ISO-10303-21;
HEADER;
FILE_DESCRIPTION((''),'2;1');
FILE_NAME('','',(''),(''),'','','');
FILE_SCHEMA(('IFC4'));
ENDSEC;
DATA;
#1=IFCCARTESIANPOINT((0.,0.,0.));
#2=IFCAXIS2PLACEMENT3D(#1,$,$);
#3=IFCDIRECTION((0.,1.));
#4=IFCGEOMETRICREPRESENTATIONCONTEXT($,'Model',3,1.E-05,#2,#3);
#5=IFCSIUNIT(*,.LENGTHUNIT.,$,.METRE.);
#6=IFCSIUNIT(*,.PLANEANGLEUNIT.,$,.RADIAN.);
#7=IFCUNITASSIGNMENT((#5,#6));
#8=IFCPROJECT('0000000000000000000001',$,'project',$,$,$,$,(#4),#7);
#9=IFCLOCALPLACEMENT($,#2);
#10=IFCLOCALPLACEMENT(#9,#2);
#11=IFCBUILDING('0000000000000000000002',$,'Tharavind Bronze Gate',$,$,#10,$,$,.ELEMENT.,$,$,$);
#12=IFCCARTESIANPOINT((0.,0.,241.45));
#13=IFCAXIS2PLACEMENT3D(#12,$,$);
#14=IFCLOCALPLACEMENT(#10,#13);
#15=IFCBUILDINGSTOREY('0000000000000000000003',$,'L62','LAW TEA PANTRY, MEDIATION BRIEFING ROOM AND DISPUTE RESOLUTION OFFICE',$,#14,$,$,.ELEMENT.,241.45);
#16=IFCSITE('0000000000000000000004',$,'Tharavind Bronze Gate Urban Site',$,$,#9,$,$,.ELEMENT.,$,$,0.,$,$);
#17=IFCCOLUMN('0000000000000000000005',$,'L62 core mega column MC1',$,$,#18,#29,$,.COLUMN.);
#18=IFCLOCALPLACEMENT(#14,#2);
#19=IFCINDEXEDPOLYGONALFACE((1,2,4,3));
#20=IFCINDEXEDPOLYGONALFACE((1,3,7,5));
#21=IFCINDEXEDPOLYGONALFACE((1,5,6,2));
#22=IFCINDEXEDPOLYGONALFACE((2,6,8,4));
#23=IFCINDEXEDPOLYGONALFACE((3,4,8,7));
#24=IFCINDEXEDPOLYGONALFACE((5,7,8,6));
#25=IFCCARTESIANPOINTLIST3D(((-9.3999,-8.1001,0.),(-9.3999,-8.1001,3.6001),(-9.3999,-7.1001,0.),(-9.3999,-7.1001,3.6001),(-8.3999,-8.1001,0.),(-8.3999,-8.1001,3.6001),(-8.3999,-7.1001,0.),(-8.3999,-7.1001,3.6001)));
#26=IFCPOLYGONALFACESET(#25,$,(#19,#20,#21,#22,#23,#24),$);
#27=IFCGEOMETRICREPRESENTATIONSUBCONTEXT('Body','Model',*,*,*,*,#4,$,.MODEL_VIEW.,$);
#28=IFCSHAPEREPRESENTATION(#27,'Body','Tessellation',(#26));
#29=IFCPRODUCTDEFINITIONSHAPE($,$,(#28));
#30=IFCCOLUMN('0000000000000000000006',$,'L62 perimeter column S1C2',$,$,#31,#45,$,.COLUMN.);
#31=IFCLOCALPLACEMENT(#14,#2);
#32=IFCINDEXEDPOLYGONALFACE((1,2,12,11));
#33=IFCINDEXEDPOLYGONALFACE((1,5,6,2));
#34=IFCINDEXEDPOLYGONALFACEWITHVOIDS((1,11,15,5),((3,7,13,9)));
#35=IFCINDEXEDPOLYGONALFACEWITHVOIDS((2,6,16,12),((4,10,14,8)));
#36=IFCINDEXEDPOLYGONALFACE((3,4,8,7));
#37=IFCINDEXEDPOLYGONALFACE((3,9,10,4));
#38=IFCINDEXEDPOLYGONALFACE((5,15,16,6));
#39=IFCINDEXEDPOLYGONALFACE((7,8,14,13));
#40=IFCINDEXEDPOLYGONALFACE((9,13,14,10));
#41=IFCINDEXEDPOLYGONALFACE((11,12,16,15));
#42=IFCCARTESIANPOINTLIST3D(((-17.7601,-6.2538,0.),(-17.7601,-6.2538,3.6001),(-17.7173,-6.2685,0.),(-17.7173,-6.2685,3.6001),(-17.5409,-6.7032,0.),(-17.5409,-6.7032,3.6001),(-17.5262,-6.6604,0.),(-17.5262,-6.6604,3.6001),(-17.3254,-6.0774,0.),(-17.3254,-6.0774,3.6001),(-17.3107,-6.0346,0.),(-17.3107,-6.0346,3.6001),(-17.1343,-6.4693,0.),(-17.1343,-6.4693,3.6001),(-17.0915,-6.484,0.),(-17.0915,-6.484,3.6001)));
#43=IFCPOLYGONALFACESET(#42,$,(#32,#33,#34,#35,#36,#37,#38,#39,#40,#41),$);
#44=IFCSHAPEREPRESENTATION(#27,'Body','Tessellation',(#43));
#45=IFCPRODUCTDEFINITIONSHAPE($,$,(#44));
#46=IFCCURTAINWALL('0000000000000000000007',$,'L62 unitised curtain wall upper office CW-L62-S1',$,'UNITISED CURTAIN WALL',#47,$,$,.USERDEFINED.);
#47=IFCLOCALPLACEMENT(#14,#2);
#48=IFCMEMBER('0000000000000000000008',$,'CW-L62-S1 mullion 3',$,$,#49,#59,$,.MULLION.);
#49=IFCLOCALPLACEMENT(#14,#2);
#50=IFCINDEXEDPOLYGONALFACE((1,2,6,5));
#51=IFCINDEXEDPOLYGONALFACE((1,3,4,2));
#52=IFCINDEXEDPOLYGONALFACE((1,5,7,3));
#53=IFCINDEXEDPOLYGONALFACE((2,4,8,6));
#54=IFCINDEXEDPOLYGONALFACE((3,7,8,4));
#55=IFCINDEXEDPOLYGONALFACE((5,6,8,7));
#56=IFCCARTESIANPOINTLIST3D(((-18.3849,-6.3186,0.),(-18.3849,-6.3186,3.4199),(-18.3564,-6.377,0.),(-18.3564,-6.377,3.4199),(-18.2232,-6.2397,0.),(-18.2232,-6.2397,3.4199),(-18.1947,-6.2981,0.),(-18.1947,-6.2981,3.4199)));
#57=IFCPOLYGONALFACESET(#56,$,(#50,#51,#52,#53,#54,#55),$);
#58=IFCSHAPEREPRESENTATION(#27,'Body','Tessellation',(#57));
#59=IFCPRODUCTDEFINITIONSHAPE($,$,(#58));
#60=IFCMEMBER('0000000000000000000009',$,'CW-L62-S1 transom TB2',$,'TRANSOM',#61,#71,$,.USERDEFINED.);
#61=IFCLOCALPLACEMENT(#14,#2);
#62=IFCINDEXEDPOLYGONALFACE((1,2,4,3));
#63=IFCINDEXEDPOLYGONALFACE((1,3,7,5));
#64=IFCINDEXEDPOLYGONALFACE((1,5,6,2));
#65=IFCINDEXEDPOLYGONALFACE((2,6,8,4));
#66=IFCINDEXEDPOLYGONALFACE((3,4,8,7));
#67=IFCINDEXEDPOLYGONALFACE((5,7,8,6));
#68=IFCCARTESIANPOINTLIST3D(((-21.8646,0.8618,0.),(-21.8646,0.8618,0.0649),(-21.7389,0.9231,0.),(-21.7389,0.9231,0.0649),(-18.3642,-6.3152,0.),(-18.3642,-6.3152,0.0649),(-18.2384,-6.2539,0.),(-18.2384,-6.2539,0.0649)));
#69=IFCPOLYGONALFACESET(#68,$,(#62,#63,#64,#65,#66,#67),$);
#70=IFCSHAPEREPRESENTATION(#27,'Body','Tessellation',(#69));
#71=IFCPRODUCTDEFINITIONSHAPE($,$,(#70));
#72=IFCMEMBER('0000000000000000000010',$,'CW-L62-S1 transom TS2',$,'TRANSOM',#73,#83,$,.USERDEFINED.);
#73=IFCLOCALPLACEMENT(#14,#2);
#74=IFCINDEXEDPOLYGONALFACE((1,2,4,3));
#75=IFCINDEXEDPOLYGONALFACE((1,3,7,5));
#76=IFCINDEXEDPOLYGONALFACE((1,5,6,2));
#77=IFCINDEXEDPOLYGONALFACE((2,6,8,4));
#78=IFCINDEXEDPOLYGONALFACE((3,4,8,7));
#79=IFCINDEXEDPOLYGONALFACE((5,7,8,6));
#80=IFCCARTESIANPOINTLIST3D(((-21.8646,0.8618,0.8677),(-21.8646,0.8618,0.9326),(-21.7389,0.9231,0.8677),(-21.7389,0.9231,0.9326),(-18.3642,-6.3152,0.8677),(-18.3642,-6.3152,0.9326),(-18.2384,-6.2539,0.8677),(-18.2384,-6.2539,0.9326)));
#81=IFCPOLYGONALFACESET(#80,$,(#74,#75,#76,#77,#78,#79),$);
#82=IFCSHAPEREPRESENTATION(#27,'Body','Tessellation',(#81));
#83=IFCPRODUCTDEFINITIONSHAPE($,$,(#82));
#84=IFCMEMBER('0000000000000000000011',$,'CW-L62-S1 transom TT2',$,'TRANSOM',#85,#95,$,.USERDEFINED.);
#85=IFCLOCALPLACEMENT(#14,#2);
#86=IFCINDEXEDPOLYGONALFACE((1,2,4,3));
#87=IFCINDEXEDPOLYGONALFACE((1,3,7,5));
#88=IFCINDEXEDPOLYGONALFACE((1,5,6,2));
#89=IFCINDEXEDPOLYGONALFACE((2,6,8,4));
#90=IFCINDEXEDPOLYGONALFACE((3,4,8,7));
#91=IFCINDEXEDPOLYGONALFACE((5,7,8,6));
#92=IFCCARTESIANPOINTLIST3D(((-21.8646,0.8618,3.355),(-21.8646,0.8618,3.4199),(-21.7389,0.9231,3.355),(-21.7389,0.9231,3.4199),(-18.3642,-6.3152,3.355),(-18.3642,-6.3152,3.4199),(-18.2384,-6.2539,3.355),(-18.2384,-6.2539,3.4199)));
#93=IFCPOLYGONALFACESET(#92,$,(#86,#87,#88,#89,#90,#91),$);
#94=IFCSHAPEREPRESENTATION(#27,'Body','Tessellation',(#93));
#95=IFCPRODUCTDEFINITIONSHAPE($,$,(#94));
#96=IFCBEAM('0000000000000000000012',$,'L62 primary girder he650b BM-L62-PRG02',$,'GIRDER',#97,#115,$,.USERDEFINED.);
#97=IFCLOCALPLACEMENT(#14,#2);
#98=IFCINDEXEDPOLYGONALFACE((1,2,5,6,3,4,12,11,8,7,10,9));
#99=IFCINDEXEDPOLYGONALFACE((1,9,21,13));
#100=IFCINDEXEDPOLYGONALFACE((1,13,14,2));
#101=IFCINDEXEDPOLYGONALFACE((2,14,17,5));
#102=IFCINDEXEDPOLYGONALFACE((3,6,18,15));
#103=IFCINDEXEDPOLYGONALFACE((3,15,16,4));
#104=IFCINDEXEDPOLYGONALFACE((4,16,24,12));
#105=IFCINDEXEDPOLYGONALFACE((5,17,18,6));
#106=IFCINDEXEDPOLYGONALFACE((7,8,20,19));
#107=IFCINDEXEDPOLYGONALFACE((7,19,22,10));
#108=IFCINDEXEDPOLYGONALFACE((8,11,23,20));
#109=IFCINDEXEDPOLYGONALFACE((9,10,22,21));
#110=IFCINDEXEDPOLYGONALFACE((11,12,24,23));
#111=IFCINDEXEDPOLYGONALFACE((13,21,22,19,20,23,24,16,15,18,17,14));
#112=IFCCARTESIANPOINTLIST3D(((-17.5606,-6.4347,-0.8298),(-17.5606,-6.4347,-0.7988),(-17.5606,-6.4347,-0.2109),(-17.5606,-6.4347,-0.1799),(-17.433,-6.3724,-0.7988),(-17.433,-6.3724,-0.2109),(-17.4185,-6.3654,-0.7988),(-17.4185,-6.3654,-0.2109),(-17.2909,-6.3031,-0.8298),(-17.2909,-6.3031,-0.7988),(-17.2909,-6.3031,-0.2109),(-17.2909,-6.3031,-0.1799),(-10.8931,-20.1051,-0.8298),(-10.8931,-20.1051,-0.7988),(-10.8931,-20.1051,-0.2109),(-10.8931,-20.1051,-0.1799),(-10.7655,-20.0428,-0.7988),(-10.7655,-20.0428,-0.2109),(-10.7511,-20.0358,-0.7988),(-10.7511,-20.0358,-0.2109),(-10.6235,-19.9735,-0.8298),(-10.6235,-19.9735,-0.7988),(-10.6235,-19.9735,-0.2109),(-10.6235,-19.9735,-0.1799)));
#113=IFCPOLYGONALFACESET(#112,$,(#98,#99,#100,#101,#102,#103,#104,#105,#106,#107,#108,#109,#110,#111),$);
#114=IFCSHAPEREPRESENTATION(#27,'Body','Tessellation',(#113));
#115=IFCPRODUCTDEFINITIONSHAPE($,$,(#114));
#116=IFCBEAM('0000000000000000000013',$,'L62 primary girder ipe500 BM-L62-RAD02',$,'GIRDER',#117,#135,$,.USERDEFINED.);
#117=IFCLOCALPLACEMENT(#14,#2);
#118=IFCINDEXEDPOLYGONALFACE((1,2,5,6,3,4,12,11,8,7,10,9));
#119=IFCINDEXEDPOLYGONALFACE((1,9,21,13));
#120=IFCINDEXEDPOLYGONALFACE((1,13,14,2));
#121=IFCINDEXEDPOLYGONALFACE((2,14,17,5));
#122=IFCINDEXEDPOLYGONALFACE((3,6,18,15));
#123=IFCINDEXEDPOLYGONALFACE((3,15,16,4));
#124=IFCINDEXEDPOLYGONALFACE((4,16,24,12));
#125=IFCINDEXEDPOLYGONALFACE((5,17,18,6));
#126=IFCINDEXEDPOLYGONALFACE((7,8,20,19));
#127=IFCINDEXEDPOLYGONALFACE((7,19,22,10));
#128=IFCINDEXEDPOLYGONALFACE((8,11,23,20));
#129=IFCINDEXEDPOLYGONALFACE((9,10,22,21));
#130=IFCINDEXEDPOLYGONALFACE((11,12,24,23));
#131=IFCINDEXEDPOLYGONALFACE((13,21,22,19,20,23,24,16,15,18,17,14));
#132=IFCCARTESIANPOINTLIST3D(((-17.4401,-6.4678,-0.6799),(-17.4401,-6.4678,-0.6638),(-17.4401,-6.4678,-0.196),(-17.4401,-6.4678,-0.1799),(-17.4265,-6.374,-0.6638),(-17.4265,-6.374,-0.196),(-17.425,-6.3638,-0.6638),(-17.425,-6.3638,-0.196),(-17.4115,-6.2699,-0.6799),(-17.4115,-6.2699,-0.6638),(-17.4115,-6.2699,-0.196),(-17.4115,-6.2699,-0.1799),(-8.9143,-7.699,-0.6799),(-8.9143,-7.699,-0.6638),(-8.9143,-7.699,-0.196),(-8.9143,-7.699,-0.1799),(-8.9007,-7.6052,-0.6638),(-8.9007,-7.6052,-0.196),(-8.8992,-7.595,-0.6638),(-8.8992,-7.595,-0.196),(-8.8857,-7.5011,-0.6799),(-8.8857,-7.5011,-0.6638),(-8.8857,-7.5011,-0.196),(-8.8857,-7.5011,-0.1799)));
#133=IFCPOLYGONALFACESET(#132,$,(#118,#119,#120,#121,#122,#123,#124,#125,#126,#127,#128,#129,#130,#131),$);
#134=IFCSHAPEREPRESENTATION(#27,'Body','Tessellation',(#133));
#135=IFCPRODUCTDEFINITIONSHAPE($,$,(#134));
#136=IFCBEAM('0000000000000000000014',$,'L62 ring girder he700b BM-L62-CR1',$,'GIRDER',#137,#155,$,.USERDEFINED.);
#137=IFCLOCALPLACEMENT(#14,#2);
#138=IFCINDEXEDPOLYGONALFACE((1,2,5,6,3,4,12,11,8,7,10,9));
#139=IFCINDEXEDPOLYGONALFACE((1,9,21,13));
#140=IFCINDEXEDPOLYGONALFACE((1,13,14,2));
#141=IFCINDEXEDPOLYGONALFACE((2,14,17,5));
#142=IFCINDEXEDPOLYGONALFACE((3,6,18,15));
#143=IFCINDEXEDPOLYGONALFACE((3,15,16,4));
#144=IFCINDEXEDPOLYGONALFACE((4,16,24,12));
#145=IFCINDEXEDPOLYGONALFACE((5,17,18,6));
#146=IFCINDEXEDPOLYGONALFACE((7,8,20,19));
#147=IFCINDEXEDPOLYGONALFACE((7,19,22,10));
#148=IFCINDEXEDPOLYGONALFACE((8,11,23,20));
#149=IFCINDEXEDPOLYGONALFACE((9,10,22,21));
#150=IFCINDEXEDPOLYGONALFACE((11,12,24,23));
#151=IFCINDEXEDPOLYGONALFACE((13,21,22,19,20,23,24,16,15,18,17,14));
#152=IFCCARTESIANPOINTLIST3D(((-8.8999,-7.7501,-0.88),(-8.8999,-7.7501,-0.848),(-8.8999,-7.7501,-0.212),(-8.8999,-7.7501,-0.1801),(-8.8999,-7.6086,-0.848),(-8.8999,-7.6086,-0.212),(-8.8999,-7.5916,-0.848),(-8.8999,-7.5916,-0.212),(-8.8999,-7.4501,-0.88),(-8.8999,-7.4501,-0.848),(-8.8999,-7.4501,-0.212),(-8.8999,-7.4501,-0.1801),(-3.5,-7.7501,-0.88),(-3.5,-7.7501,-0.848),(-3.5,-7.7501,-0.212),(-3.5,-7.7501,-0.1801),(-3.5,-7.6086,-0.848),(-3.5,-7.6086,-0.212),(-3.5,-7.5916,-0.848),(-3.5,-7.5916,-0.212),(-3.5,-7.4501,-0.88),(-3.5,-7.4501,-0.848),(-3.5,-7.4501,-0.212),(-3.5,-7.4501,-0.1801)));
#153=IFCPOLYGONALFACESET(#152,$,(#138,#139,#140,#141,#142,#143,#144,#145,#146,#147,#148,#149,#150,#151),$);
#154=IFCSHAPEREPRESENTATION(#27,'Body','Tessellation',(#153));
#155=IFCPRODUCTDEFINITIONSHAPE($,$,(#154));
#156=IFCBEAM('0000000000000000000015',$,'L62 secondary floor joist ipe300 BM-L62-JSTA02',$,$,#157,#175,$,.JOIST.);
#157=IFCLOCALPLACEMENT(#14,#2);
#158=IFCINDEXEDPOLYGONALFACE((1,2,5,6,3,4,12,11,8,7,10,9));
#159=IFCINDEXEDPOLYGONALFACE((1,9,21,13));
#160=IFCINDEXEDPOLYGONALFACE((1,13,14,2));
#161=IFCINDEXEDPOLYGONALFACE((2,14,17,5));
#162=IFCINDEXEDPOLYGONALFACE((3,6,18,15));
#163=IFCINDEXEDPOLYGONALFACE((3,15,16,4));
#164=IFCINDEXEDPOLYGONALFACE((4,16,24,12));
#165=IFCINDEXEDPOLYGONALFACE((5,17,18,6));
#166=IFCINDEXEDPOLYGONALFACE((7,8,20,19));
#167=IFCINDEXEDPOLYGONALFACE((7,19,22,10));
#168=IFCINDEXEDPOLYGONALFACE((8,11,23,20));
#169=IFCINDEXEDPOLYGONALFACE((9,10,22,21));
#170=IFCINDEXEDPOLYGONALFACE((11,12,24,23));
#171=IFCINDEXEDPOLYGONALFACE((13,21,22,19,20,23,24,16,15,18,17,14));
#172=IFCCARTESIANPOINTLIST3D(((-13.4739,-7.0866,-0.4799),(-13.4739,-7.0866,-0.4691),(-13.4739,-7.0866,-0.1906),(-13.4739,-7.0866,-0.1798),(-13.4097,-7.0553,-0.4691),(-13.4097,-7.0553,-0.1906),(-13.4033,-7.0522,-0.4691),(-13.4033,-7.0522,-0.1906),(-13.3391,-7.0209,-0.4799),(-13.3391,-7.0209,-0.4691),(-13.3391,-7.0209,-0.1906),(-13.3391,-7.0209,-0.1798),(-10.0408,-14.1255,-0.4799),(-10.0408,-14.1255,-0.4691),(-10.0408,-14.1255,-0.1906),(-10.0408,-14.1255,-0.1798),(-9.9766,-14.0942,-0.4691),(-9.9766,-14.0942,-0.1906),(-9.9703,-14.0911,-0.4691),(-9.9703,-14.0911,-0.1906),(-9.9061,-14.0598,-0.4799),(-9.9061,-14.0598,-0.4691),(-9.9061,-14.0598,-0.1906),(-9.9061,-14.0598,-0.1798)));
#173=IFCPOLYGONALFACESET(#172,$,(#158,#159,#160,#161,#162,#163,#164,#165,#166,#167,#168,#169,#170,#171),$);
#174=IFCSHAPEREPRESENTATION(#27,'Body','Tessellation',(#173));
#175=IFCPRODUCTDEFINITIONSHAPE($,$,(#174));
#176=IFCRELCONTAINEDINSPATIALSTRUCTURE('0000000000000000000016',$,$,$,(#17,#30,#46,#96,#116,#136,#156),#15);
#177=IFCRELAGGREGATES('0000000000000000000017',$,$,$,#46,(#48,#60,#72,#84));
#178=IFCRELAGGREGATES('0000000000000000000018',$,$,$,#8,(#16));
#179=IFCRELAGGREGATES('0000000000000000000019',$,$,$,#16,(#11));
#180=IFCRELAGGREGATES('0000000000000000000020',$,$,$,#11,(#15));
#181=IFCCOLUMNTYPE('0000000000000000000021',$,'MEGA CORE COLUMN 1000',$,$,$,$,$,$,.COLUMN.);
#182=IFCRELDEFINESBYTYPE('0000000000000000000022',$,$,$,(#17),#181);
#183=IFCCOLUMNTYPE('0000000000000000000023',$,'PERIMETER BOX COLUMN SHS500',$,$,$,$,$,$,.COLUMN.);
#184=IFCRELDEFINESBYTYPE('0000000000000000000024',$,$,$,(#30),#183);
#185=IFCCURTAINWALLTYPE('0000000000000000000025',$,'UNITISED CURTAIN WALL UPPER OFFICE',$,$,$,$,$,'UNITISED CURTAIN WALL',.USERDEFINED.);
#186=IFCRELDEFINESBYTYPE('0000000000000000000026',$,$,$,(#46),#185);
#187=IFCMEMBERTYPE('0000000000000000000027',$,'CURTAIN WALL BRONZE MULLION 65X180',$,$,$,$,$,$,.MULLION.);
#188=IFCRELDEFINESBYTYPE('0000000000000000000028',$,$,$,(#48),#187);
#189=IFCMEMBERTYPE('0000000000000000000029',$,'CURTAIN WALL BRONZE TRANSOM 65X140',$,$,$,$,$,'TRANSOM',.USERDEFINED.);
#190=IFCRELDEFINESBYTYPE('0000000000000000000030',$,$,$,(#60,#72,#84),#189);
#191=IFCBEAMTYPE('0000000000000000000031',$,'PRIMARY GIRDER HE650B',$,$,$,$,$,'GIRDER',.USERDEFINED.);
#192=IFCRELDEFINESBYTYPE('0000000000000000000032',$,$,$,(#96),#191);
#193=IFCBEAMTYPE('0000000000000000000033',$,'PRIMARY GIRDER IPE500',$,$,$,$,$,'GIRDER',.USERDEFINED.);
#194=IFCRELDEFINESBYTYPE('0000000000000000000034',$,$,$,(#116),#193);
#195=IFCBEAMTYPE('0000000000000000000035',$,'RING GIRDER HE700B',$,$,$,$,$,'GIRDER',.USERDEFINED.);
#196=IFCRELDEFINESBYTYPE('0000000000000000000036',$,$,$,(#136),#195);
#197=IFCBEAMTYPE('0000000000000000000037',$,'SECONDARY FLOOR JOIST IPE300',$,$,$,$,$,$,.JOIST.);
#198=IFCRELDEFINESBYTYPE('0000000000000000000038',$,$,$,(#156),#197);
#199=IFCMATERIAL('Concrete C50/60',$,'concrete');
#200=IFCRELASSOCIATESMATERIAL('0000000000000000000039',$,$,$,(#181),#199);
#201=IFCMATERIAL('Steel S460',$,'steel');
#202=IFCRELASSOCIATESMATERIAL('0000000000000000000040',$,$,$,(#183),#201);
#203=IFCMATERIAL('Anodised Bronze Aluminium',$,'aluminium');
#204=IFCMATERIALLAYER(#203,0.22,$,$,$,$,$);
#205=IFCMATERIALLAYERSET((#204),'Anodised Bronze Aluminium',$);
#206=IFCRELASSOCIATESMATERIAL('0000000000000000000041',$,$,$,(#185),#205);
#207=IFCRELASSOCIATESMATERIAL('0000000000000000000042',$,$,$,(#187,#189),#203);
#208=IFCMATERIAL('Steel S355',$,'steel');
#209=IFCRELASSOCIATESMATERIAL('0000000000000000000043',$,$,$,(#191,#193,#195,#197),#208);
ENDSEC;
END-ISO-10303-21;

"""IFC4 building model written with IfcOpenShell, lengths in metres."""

from ifc_helpers import new_model, si_unit, direction, frame, origin, origin_2d, place, context, subcontext, project, spatial, rectangle, hollow_rectangle, i_section, extrude, material, layer, layer_set, material_profile, profile_set, type_object, element, aggregate, save


model = new_model("IFC4")

# Units and contexts
model_context = context("Model", 3, precision=1e-05, world=origin(), true_north=direction((0.0, 1.0)))
body_context = subcontext(model_context, "Body", "Model", "MODEL_VIEW")
ifc_project = project(units=[si_unit("LENGTHUNIT", "METRE"), si_unit("PLANEANGLEUNIT", "RADIAN")], contexts=[model_context])

# Site, building, storey
site_placement = place(None, origin())
site = spatial("IfcSite", under=ifc_project, at=site_placement, Name="Tharavind Bronze Gate Urban Site", CompositionType="ELEMENT", RefElevation=0.0)
building_placement = place(site_placement, origin())
building = spatial("IfcBuilding", under=site, at=building_placement, Name="Tharavind Bronze Gate", CompositionType="ELEMENT")
storey_placement = place(building_placement, frame((0.0, 0.0, 241.45)))
storey = spatial("IfcBuildingStorey", under=building, at=storey_placement, Name="L62", Description="LAW TEA PANTRY, MEDIATION BRIEFING ROOM AND DISPUTE RESOLUTION OFFICE", CompositionType="ELEMENT", Elevation=241.45)

# Columns
ifc_material_1 = material(Name="Concrete C50/60", Category="concrete")
ifc_material_profile_1 = material_profile(ifc_material_1, rectangle(XDim=1.0, YDim=1.0, at=origin_2d()), Name="RCCOL1000")
ifc_profile_set_1 = profile_set([ifc_material_profile_1], Name="Concrete C50/60")
column_type_1 = type_object("IfcColumnType", Name="MEGA CORE COLUMN 1000", PredefinedType="COLUMN", material=ifc_profile_set_1)
column_1_placement = place(storey_placement, frame((-8.8999, -7.6001, 0.0), z_axis=(0.0, 0.0, 1.0), x_axis=(1.0, 0.0, 0.0)))
element("IfcColumn", 1, at=column_1_placement, inside=storey, type_object=column_type_1, Name="L62 core mega column MC1", PredefinedType="COLUMN", context=body_context, shape_type="SweptSolid", body=[
    extrude(rectangle(XDim=1.0, YDim=1.0, at=origin_2d()), origin(), (0.0, 0.0, 1.0), 3.6001),
])
ifc_material_2 = material(Name="Steel S460", Category="steel")
ifc_material_profile_2 = material_profile(ifc_material_2, hollow_rectangle(XDim=0.5, YDim=0.5, WallThickness=0.032, at=origin_2d()), Name="SHS500X32")
ifc_profile_set_2 = profile_set([ifc_material_profile_2], Name="Steel S460")
column_type_2 = type_object("IfcColumnType", Name="PERIMETER BOX COLUMN SHS500", PredefinedType="COLUMN", material=ifc_profile_set_2)
column_2_placement = place(storey_placement, frame((-17.4258, -6.3689, 0.0), z_axis=(0.0, 0.0, 1.0), x_axis=(-0.438371, 0.898794, 0.0)))
element("IfcColumn", 2, at=column_2_placement, inside=storey, type_object=column_type_2, Name="L62 perimeter column S1C2", PredefinedType="COLUMN", context=body_context, shape_type="SweptSolid", body=[
    extrude(hollow_rectangle(XDim=0.5, YDim=0.5, WallThickness=0.032, at=origin_2d()), origin(), (0.0, 0.0, 1.0), 3.6001),
])

# Curtain wall, members
ifc_material_3 = material(Name="Anodised Bronze Aluminium", Category="aluminium")
ifc_layer_1 = layer(ifc_material_3, 0.22)
ifc_layer_set_1 = layer_set([ifc_layer_1], Name="Anodised Bronze Aluminium")
curtain_wall_type = type_object("IfcCurtainWallType", Name="UNITISED CURTAIN WALL UPPER OFFICE", ElementType="UNITISED CURTAIN WALL", PredefinedType="USERDEFINED", material=ifc_layer_set_1)
curtain_wall_placement = place(storey_placement, origin())
curtain_wall = element("IfcCurtainWall", 3, at=curtain_wall_placement, inside=storey, type_object=curtain_wall_type, Name="L62 unitised curtain wall upper office CW-L62-S1", ObjectType="UNITISED CURTAIN WALL", PredefinedType="USERDEFINED")
member_type_1 = type_object("IfcMemberType", Name="CURTAIN WALL BRONZE MULLION 65X180", PredefinedType="MULLION", material=ifc_material_3)
member_1_placement = place(storey_placement, frame((-18.2898, -6.3083, 0.0), z_axis=(0.0, 0.0, 1.0), x_axis=(0.438371, -0.898794, 0.0)))
member_1 = element("IfcMember", 4, at=member_1_placement, type_object=member_type_1, Name="CW-L62-S1 mullion 3", PredefinedType="MULLION", context=body_context, shape_type="SweptSolid", body=[
    extrude(rectangle(XDim=0.0649, YDim=0.1799, at=origin_2d()), origin(), (0.0, 0.0, 1.0), 3.4199),
])
member_type_2 = type_object("IfcMemberType", Name="CURTAIN WALL BRONZE TRANSOM 65X140", ElementType="TRANSOM", PredefinedType="USERDEFINED", material=ifc_material_3)
member_2_placement = place(storey_placement, frame((-20.0515, -2.696, 0.0), z_axis=(0.0, 0.0, 1.0), x_axis=(0.438371, -0.898794, 0.0)))
member_2 = element("IfcMember", 5, at=member_2_placement, type_object=member_type_2, Name="CW-L62-S1 transom TB2", ObjectType="TRANSOM", PredefinedType="USERDEFINED", context=body_context, shape_type="SweptSolid", body=[
    extrude(rectangle(XDim=7.9851, YDim=0.1399, at=origin_2d()), origin(), (0.0, 0.0, 1.0), 0.0649),
])
member_3_placement = place(storey_placement, frame((-20.0515, -2.696, 0.8677), z_axis=(0.0, 0.0, 1.0), x_axis=(0.438371, -0.898794, 0.0)))
member_3 = element("IfcMember", 6, at=member_3_placement, type_object=member_type_2, Name="CW-L62-S1 transom TS2", ObjectType="TRANSOM", PredefinedType="USERDEFINED", context=body_context, shape_type="SweptSolid", body=[
    extrude(rectangle(XDim=7.9851, YDim=0.1399, at=origin_2d()), origin(), (0.0, 0.0, 1.0), 0.0649),
])
member_4_placement = place(storey_placement, frame((-20.0515, -2.696, 3.355), z_axis=(0.0, 0.0, 1.0), x_axis=(0.438371, -0.898794, 0.0)))
member_4 = element("IfcMember", 7, at=member_4_placement, type_object=member_type_2, Name="CW-L62-S1 transom TT2", ObjectType="TRANSOM", PredefinedType="USERDEFINED", context=body_context, shape_type="SweptSolid", body=[
    extrude(rectangle(XDim=7.9851, YDim=0.1399, at=origin_2d()), origin(), (0.0, 0.0, 1.0), 0.0649),
])

# Beams
ifc_material_4 = material(Name="Steel S355", Category="steel")
ifc_material_profile_3 = material_profile(ifc_material_4, i_section(OverallWidth=0.3, OverallDepth=0.6499, WebThickness=0.0161, FlangeThickness=0.031, at=origin_2d()), Name="HE650B")
ifc_profile_set_3 = profile_set([ifc_material_profile_3], Name="Steel S355")
beam_type_1 = type_object("IfcBeamType", Name="PRIMARY GIRDER HE650B", ElementType="GIRDER", PredefinedType="USERDEFINED", material=ifc_profile_set_3)
beam_1_placement = place(storey_placement, frame((-17.4258, -6.3689, -0.5049), z_axis=(0.43837, -0.898795, 0.0), x_axis=(0.898795, 0.43837, 0.0)))
element("IfcBeam", 8, at=beam_1_placement, inside=storey, type_object=beam_type_1, Name="L62 primary girder he650b BM-L62-PRG02", ObjectType="GIRDER", PredefinedType="USERDEFINED", context=body_context, shape_type="SweptSolid", body=[
    extrude(i_section(OverallWidth=0.3, OverallDepth=0.6499, WebThickness=0.0161, FlangeThickness=0.031, at=origin_2d()), origin(), (0.0, 0.0, 1.0), 15.2097),
])
ifc_material_profile_4 = material_profile(ifc_material_4, i_section(OverallWidth=0.2, OverallDepth=0.5, WebThickness=0.0103, FlangeThickness=0.0161, at=origin_2d()), Name="IPE500")
ifc_profile_set_4 = profile_set([ifc_material_profile_4], Name="Steel S355")
beam_type_2 = type_object("IfcBeamType", Name="PRIMARY GIRDER IPE500", ElementType="GIRDER", PredefinedType="USERDEFINED", material=ifc_profile_set_4)
beam_2_placement = place(storey_placement, frame((-17.4258, -6.3689, -0.4299), z_axis=(0.989734, -0.142925, 0.0), x_axis=(0.142925, 0.989734, 0.0)))
element("IfcBeam", 9, at=beam_2_placement, inside=storey, type_object=beam_type_2, Name="L62 primary girder ipe500 BM-L62-RAD02", ObjectType="GIRDER", PredefinedType="USERDEFINED", context=body_context, shape_type="SweptSolid", body=[
    extrude(i_section(OverallWidth=0.2, OverallDepth=0.5, WebThickness=0.0103, FlangeThickness=0.0161, at=origin_2d()), origin(), (0.0, 0.0, 1.0), 8.6143),
])
ifc_material_profile_5 = material_profile(ifc_material_4, i_section(OverallWidth=0.3, OverallDepth=0.7, WebThickness=0.0171, FlangeThickness=0.032, at=origin_2d()), Name="HE700B")
ifc_profile_set_5 = profile_set([ifc_material_profile_5], Name="Steel S355")
beam_type_3 = type_object("IfcBeamType", Name="RING GIRDER HE700B", ElementType="GIRDER", PredefinedType="USERDEFINED", material=ifc_profile_set_5)
beam_3_placement = place(storey_placement, frame((-8.8999, -7.6001, -0.53), z_axis=(1.0, 0.0, 0.0), x_axis=(0.0, 1.0, 0.0)))
element("IfcBeam", 10, at=beam_3_placement, inside=storey, type_object=beam_type_3, Name="L62 ring girder he700b BM-L62-CR1", ObjectType="GIRDER", PredefinedType="USERDEFINED", context=body_context, shape_type="SweptSolid", body=[
    extrude(i_section(OverallWidth=0.3, OverallDepth=0.7, WebThickness=0.0171, FlangeThickness=0.032, at=origin_2d()), origin(), (0.0, 0.0, 1.0), 5.3999),
])
ifc_material_profile_6 = material_profile(ifc_material_4, i_section(OverallWidth=0.1499, OverallDepth=0.3, WebThickness=0.0071, FlangeThickness=0.0107, at=origin_2d()), Name="IPE300")
ifc_profile_set_6 = profile_set([ifc_material_profile_6], Name="Steel S355")
beam_type_4 = type_object("IfcBeamType", Name="SECONDARY FLOOR JOIST IPE300", PredefinedType="JOIST", material=ifc_profile_set_6)
beam_4_placement = place(storey_placement, frame((-13.4065, -7.0537, -0.3298), z_axis=(0.438363, -0.898798, 0.0), x_axis=(0.898798, 0.438363, 0.0)))
element("IfcBeam", 11, at=beam_4_placement, inside=storey, type_object=beam_type_4, Name="L62 secondary floor joist ipe300 BM-L62-JSTA02", PredefinedType="JOIST", context=body_context, shape_type="SweptSolid", body=[
    extrude(i_section(OverallWidth=0.1499, OverallDepth=0.3, WebThickness=0.0071, FlangeThickness=0.0107, at=origin_2d()), origin(), (0.0, 0.0, 1.0), 7.8315),
])

aggregate(curtain_wall, [member_1, member_2, member_3, member_4])

save(model, "model.ifc")
